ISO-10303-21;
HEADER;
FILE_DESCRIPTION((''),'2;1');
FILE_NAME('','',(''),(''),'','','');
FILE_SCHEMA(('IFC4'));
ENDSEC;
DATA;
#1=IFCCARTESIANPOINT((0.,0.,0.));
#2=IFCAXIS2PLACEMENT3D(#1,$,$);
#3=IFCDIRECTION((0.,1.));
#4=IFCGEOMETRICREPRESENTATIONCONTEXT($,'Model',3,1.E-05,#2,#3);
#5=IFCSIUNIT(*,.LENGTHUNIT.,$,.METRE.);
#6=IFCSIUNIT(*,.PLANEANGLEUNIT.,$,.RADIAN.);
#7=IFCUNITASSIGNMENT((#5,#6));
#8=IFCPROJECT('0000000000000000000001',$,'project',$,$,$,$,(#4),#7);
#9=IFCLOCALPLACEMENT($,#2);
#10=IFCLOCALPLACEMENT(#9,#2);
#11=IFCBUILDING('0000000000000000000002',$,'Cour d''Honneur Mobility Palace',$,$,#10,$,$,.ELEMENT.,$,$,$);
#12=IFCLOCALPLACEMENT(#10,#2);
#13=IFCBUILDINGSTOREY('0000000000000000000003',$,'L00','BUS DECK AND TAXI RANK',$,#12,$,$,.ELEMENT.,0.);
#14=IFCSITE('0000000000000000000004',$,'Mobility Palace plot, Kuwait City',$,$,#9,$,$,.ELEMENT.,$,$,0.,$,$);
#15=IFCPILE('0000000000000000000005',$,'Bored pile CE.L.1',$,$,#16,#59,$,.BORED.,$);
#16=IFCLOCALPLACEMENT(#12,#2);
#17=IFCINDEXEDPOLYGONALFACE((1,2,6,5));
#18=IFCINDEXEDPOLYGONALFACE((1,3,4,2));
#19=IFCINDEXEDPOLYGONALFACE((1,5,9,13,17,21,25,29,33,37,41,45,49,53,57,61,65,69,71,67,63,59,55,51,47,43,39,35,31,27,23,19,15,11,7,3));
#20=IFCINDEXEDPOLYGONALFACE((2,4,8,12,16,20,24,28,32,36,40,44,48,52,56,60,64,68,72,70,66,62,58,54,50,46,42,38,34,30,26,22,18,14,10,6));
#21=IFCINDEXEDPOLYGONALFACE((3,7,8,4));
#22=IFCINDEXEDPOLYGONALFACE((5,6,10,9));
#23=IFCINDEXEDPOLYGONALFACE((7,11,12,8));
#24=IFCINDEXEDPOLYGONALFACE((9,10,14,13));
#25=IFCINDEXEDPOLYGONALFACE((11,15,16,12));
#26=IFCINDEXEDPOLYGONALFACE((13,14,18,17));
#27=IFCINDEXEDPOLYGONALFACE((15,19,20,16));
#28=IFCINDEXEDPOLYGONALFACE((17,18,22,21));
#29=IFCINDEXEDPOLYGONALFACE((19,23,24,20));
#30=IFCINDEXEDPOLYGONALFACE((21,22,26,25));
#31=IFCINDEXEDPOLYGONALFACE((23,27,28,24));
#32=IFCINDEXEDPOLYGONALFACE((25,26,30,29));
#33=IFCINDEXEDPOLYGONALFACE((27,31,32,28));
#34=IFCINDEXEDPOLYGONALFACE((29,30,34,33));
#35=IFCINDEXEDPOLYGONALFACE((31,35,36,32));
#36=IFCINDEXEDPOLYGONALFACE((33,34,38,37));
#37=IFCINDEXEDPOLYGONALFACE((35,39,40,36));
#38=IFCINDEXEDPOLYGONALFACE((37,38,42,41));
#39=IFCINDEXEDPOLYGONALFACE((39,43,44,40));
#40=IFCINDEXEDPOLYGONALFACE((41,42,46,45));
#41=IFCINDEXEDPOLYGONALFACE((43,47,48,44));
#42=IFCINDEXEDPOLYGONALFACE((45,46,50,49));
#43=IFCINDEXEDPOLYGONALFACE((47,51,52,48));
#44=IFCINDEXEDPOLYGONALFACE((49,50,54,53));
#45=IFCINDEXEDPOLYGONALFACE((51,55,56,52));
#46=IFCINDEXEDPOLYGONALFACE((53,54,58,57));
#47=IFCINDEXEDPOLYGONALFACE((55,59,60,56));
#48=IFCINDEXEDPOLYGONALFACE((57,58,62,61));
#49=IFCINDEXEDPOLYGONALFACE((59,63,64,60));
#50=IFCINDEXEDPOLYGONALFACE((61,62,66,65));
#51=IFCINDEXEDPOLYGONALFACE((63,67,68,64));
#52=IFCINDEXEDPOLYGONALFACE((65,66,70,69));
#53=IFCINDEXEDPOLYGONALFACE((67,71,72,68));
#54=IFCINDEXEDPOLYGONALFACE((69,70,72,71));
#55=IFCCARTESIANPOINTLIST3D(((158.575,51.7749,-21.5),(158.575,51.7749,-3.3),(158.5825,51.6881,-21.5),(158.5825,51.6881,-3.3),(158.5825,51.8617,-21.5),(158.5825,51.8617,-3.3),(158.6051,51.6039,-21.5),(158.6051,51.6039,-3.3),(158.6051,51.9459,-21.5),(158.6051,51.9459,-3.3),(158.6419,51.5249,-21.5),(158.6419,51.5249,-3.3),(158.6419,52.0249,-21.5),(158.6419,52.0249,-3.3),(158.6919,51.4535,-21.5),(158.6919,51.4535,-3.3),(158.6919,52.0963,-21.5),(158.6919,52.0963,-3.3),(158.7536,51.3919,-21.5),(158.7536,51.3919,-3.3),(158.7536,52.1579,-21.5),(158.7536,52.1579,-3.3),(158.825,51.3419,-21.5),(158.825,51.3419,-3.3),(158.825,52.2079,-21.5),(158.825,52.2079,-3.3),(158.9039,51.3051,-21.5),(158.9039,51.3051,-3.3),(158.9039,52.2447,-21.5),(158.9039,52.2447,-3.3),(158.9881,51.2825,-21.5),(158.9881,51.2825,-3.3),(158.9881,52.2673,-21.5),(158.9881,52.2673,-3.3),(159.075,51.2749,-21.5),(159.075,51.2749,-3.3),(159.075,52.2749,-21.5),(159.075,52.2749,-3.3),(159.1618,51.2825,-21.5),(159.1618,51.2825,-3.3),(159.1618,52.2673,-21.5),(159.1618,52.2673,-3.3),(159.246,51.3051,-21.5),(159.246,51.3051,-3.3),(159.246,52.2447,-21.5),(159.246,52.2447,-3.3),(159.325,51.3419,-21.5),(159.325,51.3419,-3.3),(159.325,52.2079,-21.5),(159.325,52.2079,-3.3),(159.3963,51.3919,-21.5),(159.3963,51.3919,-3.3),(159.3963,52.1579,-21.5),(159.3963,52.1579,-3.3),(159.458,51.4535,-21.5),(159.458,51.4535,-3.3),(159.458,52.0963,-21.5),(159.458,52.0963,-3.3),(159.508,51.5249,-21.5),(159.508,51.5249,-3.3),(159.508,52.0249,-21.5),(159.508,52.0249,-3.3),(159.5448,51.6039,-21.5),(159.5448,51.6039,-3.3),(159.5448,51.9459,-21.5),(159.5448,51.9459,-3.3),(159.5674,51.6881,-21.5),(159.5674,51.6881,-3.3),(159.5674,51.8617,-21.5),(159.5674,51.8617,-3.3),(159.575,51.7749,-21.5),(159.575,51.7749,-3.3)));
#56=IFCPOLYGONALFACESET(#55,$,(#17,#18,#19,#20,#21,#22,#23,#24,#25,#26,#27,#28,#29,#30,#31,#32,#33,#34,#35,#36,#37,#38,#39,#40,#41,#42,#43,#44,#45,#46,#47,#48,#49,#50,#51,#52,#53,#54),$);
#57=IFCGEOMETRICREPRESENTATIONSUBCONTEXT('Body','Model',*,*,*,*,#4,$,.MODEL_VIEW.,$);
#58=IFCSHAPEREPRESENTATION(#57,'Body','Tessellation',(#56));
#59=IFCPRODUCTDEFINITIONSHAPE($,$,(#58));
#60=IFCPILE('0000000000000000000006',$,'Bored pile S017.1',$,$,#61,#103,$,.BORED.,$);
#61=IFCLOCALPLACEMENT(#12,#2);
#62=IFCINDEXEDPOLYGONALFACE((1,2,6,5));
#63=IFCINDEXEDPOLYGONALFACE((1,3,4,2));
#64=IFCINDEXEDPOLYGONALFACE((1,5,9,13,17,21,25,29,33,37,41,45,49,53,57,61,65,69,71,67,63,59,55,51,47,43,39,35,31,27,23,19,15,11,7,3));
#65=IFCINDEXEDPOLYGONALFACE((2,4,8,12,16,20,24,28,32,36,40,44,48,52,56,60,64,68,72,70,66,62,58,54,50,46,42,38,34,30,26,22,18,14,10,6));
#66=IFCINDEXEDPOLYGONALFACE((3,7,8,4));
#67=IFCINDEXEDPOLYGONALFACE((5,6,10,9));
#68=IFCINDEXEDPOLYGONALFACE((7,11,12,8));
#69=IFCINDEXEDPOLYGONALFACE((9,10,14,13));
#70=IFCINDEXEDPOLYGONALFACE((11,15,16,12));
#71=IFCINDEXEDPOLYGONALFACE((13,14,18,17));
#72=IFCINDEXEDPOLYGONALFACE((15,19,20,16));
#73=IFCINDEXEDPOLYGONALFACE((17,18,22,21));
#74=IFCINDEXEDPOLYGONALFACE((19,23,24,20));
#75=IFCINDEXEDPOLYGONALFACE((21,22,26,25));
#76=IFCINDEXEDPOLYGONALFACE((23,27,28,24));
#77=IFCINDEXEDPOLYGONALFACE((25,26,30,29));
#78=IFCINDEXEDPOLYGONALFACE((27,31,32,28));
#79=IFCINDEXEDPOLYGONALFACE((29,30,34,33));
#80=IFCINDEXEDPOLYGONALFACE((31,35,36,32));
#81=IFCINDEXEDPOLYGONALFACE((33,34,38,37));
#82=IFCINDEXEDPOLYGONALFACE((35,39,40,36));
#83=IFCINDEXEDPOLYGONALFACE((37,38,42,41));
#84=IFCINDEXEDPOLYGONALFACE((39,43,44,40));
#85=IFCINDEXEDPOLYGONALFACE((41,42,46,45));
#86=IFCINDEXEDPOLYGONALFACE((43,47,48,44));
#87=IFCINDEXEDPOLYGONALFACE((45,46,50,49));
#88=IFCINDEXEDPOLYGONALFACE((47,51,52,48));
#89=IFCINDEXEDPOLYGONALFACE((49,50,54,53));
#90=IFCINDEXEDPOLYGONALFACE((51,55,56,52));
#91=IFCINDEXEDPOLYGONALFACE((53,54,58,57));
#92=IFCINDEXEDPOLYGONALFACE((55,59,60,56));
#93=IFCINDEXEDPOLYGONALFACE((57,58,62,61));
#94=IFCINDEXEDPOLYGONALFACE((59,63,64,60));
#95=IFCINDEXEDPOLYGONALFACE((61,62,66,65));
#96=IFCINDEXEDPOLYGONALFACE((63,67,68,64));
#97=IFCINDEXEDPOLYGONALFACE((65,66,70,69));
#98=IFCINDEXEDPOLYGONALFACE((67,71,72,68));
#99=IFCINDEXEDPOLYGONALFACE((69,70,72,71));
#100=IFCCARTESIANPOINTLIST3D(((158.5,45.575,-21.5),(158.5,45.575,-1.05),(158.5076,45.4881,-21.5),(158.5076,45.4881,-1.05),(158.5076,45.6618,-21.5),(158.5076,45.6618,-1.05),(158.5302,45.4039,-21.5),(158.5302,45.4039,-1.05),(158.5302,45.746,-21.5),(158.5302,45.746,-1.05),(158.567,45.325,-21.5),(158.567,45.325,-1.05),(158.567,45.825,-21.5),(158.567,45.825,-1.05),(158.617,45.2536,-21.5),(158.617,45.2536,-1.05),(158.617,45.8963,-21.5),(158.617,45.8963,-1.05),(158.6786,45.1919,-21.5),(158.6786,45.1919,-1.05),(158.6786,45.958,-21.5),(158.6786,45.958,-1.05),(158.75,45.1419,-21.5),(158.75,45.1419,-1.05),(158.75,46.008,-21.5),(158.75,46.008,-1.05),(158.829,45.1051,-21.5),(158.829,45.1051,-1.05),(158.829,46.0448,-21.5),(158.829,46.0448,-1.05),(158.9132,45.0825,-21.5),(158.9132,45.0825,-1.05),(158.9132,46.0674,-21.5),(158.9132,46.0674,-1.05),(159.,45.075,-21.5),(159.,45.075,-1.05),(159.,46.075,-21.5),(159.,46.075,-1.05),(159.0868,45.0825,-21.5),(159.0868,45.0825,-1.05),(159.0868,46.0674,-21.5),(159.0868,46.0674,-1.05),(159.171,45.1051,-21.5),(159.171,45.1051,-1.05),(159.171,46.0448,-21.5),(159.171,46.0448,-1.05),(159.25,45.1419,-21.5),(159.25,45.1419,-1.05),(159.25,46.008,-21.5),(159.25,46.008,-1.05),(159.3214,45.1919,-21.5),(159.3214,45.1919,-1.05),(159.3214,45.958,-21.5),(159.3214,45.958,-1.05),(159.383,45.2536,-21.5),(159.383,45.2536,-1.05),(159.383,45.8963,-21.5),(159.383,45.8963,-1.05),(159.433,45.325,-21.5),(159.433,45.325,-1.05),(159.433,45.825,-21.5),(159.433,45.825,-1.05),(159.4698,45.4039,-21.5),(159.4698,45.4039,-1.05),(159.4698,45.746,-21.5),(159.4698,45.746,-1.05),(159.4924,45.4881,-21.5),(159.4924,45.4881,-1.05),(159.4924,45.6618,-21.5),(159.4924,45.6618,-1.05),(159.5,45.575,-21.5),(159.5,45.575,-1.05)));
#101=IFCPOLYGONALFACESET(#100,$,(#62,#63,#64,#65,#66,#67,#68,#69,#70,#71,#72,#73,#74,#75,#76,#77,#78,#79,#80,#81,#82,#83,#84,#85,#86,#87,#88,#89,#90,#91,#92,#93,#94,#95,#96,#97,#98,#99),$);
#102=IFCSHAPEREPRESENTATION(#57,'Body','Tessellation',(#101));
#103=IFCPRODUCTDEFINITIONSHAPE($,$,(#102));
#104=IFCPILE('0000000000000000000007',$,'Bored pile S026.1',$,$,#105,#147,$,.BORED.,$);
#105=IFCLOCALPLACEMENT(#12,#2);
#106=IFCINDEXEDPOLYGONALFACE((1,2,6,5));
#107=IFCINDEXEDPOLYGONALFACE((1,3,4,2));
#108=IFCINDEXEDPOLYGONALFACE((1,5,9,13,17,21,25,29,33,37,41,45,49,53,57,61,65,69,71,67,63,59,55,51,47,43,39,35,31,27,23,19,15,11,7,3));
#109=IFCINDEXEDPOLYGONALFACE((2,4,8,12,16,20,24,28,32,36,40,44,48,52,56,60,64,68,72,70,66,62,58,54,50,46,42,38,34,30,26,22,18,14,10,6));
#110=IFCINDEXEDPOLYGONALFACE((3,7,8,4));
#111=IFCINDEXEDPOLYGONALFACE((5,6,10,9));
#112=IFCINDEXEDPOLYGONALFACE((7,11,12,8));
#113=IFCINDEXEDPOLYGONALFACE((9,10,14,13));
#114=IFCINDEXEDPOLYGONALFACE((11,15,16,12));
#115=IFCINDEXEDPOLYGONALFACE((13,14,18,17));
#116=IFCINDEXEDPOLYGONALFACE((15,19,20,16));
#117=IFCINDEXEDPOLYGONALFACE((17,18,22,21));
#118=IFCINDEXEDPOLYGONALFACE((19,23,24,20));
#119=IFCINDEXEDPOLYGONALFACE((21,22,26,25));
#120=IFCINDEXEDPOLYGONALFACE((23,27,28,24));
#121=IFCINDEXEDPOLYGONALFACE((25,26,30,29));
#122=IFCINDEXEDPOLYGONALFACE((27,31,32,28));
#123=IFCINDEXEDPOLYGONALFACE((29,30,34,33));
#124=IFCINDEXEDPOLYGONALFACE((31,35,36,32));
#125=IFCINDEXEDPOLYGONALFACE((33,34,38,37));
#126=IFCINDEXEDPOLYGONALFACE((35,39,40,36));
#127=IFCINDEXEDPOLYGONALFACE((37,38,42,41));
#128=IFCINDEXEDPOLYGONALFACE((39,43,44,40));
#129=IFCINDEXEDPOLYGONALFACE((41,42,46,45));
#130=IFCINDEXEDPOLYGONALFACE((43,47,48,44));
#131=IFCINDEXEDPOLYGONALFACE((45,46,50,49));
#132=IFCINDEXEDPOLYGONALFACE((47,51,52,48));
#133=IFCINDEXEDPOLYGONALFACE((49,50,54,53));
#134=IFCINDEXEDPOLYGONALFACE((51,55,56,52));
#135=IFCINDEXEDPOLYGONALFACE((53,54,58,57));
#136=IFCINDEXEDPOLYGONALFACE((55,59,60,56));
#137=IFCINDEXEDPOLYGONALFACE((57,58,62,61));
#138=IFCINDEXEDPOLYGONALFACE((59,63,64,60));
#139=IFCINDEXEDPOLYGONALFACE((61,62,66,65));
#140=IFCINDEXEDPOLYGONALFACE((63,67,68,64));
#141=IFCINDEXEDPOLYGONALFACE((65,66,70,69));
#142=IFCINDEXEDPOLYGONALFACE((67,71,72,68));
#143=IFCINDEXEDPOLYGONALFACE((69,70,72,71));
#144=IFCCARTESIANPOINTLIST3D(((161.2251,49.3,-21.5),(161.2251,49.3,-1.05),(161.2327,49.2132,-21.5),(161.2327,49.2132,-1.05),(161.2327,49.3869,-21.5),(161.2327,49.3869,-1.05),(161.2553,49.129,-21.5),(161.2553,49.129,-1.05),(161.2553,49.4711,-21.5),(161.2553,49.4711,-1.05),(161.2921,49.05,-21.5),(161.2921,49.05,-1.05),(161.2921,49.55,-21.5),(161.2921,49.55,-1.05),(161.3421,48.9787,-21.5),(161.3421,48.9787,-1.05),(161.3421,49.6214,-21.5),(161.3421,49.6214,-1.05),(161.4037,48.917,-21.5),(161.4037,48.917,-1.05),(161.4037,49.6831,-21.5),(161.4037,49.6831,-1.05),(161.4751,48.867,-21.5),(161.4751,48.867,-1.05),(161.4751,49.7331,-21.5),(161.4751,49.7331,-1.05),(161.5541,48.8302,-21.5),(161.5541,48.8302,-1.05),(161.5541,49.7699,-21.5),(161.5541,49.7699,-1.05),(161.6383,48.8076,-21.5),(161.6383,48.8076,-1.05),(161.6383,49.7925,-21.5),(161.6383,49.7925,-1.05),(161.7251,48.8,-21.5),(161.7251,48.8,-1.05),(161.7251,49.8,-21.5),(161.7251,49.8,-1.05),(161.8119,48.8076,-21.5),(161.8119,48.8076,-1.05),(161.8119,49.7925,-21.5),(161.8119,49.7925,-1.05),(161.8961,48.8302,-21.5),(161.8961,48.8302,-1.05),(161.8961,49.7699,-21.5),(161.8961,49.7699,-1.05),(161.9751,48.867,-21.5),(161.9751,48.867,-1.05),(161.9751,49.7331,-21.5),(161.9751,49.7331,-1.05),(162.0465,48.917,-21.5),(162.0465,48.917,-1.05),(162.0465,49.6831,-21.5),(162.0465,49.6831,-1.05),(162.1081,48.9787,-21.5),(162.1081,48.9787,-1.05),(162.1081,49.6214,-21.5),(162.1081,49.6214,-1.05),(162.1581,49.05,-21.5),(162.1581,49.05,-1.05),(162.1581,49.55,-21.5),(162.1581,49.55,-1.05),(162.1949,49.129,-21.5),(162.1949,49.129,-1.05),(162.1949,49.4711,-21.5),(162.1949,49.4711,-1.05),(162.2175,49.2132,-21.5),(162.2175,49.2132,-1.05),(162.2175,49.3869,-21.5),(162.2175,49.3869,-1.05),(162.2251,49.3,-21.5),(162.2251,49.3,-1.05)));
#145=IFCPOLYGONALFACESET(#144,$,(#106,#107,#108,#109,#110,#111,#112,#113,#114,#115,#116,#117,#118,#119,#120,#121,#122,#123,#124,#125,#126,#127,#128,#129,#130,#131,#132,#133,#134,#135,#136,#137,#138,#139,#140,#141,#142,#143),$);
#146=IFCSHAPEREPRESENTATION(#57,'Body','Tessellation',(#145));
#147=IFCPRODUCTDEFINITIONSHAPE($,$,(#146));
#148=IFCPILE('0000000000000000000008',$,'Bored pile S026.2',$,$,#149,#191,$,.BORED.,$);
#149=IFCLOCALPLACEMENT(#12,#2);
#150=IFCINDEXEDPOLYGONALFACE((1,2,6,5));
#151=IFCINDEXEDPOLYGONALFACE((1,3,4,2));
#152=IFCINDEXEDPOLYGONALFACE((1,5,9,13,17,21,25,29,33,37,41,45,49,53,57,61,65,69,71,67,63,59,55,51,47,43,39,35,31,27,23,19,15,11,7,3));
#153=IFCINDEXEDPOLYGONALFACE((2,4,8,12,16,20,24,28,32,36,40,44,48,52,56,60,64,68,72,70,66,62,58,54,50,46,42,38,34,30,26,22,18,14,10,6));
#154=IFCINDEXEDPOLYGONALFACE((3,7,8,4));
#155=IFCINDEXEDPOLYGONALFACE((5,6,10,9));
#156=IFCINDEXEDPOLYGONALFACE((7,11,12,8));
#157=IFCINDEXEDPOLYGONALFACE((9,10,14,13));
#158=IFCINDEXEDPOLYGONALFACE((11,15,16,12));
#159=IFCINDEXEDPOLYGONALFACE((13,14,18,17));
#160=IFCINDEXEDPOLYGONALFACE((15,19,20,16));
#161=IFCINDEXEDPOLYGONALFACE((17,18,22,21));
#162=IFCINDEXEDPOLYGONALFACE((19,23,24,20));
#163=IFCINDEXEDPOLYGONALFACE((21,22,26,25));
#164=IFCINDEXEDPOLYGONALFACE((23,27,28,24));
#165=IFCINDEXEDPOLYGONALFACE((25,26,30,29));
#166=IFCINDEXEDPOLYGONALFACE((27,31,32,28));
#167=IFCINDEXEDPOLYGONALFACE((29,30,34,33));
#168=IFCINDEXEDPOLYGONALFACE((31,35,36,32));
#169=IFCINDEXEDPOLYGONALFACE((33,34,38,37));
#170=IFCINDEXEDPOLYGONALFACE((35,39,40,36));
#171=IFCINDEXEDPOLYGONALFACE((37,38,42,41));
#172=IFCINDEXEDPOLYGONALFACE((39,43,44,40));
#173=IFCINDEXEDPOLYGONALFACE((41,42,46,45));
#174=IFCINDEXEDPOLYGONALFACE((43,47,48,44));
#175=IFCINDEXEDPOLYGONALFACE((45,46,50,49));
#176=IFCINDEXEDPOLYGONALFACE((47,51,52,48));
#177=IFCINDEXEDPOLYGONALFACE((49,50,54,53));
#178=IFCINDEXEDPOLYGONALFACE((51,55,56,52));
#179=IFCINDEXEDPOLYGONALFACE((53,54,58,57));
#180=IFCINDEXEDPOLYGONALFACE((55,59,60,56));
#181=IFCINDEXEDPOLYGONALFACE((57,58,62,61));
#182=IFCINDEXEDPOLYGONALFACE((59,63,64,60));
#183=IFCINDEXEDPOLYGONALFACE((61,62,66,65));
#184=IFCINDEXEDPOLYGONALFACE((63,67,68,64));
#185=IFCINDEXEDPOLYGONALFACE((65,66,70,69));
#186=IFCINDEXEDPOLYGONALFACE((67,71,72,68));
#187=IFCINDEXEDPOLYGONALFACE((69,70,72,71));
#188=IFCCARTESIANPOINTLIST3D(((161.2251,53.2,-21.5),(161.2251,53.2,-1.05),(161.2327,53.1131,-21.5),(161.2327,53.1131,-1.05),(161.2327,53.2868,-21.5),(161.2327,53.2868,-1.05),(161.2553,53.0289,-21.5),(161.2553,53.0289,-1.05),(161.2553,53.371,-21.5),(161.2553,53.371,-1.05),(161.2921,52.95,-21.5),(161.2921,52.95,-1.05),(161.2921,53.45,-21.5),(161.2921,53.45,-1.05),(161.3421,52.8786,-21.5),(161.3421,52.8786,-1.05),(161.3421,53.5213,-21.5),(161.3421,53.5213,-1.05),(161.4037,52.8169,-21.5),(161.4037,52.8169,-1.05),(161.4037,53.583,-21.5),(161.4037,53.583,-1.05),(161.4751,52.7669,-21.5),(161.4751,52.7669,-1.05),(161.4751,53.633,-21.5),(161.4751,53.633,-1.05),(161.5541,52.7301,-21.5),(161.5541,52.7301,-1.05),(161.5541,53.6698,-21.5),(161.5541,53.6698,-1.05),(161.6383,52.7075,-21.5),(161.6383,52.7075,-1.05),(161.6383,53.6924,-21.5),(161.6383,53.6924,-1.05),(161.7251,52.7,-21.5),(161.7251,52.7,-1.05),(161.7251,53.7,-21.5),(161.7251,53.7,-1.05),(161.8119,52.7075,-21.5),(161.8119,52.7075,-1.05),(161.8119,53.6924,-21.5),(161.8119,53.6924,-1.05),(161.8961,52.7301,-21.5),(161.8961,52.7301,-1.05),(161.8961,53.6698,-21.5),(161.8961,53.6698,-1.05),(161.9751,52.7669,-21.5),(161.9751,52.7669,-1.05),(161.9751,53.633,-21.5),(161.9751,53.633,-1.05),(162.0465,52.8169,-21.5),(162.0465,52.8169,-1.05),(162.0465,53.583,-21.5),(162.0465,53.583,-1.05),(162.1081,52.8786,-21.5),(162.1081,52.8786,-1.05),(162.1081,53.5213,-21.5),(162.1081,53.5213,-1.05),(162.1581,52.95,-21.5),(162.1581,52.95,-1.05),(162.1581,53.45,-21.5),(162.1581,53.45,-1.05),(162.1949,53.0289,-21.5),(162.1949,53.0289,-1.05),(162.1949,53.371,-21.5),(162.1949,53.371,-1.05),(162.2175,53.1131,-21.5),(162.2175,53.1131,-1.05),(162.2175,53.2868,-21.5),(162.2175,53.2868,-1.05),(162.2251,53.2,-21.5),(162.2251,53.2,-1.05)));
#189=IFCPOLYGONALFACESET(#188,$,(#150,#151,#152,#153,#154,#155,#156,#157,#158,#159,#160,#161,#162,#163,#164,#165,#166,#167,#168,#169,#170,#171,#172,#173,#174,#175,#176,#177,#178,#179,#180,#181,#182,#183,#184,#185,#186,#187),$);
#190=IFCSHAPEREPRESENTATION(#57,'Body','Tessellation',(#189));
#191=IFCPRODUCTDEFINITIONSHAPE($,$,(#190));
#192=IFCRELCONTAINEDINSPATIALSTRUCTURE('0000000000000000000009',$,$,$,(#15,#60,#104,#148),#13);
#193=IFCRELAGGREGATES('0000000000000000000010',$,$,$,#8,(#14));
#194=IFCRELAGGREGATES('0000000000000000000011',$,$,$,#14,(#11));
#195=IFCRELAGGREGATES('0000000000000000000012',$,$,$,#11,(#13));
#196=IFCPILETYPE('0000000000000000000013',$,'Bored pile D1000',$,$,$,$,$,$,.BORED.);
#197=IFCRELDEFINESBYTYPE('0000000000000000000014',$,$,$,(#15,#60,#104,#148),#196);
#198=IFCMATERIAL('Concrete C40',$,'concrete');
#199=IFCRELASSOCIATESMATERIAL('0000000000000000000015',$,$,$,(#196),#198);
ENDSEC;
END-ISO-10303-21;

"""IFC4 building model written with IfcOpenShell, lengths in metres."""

from ifc_helpers import new_model, si_unit, direction, frame, origin, origin_2d, place, context, subcontext, project, spatial, circle, extrude, material, material_profile, profile_set, type_object, element, save


model = new_model("IFC4")

# Units and contexts
model_context = context("Model", 3, precision=1e-05, world=origin(), true_north=direction((0.0, 1.0)))
body_context = subcontext(model_context, "Body", "Model", "MODEL_VIEW")
ifc_project = project(units=[si_unit("LENGTHUNIT", "METRE"), si_unit("PLANEANGLEUNIT", "RADIAN")], contexts=[model_context])

# Site, building, storey
site_placement = place(None, origin())
site = spatial("IfcSite", under=ifc_project, at=site_placement, Name="Mobility Palace plot, Kuwait City", CompositionType="ELEMENT", RefElevation=0.0)
building_placement = place(site_placement, origin())
building = spatial("IfcBuilding", under=site, at=building_placement, Name="Cour d'Honneur Mobility Palace", CompositionType="ELEMENT")
storey_placement = place(building_placement, origin())
storey = spatial("IfcBuildingStorey", under=building, at=storey_placement, Name="L00", Description="BUS DECK AND TAXI RANK", CompositionType="ELEMENT", Elevation=0.0)

# Piles
ifc_material_1 = material(Name="Concrete C40", Category="concrete")
ifc_material_profile_1 = material_profile(ifc_material_1, circle(Radius=0.5, at=origin_2d()), Name="Bored pile D1000")
ifc_profile_set_1 = profile_set([ifc_material_profile_1], Name="Concrete C40")
pile_type_1 = type_object("IfcPileType", Name="Bored pile D1000", PredefinedType="BORED", material=ifc_profile_set_1)
pile_1_placement = place(storey_placement, frame((159.075, 51.7749, -3.3), z_axis=(0.0, 0.0, -1.0), x_axis=(1.0, 0.0, 0.0)))
element("IfcPile", 1, at=pile_1_placement, inside=storey, type_object=pile_type_1, Name="Bored pile CE.L.1", PredefinedType="BORED", context=body_context, shape_type="SweptSolid", body=[
    extrude(circle(Radius=0.5, at=origin_2d()), origin(), (0.0, 0.0, 1.0), 18.2),
])
for number, where, z_axis, x_axis, name in (
    (2, (159.0, 45.575, -1.05), (0.0, 0.0, -1.0), (1.0, 0.0, 0.0), "Bored pile S017.1"),
    (3, (161.7251, 49.3, -1.05), (0.0, 0.0, -1.0), (1.0, 0.0, 0.0), "Bored pile S026.1"),
    (4, (161.7251, 53.2, -1.05), (0.0, 0.0, -1.0), (1.0, 0.0, 0.0), "Bored pile S026.2"),
):
    element("IfcPile", number, at=place(storey_placement, frame(where, z_axis=z_axis, x_axis=x_axis)), inside=storey, type_object=pile_type_1, Name=name, PredefinedType="BORED", context=body_context, shape_type="SweptSolid", body=[
        extrude(circle(Radius=0.5, at=origin_2d()), origin(), (0.0, 0.0, 1.0), 20.45),
    ])

save(model, "model.ifc")
